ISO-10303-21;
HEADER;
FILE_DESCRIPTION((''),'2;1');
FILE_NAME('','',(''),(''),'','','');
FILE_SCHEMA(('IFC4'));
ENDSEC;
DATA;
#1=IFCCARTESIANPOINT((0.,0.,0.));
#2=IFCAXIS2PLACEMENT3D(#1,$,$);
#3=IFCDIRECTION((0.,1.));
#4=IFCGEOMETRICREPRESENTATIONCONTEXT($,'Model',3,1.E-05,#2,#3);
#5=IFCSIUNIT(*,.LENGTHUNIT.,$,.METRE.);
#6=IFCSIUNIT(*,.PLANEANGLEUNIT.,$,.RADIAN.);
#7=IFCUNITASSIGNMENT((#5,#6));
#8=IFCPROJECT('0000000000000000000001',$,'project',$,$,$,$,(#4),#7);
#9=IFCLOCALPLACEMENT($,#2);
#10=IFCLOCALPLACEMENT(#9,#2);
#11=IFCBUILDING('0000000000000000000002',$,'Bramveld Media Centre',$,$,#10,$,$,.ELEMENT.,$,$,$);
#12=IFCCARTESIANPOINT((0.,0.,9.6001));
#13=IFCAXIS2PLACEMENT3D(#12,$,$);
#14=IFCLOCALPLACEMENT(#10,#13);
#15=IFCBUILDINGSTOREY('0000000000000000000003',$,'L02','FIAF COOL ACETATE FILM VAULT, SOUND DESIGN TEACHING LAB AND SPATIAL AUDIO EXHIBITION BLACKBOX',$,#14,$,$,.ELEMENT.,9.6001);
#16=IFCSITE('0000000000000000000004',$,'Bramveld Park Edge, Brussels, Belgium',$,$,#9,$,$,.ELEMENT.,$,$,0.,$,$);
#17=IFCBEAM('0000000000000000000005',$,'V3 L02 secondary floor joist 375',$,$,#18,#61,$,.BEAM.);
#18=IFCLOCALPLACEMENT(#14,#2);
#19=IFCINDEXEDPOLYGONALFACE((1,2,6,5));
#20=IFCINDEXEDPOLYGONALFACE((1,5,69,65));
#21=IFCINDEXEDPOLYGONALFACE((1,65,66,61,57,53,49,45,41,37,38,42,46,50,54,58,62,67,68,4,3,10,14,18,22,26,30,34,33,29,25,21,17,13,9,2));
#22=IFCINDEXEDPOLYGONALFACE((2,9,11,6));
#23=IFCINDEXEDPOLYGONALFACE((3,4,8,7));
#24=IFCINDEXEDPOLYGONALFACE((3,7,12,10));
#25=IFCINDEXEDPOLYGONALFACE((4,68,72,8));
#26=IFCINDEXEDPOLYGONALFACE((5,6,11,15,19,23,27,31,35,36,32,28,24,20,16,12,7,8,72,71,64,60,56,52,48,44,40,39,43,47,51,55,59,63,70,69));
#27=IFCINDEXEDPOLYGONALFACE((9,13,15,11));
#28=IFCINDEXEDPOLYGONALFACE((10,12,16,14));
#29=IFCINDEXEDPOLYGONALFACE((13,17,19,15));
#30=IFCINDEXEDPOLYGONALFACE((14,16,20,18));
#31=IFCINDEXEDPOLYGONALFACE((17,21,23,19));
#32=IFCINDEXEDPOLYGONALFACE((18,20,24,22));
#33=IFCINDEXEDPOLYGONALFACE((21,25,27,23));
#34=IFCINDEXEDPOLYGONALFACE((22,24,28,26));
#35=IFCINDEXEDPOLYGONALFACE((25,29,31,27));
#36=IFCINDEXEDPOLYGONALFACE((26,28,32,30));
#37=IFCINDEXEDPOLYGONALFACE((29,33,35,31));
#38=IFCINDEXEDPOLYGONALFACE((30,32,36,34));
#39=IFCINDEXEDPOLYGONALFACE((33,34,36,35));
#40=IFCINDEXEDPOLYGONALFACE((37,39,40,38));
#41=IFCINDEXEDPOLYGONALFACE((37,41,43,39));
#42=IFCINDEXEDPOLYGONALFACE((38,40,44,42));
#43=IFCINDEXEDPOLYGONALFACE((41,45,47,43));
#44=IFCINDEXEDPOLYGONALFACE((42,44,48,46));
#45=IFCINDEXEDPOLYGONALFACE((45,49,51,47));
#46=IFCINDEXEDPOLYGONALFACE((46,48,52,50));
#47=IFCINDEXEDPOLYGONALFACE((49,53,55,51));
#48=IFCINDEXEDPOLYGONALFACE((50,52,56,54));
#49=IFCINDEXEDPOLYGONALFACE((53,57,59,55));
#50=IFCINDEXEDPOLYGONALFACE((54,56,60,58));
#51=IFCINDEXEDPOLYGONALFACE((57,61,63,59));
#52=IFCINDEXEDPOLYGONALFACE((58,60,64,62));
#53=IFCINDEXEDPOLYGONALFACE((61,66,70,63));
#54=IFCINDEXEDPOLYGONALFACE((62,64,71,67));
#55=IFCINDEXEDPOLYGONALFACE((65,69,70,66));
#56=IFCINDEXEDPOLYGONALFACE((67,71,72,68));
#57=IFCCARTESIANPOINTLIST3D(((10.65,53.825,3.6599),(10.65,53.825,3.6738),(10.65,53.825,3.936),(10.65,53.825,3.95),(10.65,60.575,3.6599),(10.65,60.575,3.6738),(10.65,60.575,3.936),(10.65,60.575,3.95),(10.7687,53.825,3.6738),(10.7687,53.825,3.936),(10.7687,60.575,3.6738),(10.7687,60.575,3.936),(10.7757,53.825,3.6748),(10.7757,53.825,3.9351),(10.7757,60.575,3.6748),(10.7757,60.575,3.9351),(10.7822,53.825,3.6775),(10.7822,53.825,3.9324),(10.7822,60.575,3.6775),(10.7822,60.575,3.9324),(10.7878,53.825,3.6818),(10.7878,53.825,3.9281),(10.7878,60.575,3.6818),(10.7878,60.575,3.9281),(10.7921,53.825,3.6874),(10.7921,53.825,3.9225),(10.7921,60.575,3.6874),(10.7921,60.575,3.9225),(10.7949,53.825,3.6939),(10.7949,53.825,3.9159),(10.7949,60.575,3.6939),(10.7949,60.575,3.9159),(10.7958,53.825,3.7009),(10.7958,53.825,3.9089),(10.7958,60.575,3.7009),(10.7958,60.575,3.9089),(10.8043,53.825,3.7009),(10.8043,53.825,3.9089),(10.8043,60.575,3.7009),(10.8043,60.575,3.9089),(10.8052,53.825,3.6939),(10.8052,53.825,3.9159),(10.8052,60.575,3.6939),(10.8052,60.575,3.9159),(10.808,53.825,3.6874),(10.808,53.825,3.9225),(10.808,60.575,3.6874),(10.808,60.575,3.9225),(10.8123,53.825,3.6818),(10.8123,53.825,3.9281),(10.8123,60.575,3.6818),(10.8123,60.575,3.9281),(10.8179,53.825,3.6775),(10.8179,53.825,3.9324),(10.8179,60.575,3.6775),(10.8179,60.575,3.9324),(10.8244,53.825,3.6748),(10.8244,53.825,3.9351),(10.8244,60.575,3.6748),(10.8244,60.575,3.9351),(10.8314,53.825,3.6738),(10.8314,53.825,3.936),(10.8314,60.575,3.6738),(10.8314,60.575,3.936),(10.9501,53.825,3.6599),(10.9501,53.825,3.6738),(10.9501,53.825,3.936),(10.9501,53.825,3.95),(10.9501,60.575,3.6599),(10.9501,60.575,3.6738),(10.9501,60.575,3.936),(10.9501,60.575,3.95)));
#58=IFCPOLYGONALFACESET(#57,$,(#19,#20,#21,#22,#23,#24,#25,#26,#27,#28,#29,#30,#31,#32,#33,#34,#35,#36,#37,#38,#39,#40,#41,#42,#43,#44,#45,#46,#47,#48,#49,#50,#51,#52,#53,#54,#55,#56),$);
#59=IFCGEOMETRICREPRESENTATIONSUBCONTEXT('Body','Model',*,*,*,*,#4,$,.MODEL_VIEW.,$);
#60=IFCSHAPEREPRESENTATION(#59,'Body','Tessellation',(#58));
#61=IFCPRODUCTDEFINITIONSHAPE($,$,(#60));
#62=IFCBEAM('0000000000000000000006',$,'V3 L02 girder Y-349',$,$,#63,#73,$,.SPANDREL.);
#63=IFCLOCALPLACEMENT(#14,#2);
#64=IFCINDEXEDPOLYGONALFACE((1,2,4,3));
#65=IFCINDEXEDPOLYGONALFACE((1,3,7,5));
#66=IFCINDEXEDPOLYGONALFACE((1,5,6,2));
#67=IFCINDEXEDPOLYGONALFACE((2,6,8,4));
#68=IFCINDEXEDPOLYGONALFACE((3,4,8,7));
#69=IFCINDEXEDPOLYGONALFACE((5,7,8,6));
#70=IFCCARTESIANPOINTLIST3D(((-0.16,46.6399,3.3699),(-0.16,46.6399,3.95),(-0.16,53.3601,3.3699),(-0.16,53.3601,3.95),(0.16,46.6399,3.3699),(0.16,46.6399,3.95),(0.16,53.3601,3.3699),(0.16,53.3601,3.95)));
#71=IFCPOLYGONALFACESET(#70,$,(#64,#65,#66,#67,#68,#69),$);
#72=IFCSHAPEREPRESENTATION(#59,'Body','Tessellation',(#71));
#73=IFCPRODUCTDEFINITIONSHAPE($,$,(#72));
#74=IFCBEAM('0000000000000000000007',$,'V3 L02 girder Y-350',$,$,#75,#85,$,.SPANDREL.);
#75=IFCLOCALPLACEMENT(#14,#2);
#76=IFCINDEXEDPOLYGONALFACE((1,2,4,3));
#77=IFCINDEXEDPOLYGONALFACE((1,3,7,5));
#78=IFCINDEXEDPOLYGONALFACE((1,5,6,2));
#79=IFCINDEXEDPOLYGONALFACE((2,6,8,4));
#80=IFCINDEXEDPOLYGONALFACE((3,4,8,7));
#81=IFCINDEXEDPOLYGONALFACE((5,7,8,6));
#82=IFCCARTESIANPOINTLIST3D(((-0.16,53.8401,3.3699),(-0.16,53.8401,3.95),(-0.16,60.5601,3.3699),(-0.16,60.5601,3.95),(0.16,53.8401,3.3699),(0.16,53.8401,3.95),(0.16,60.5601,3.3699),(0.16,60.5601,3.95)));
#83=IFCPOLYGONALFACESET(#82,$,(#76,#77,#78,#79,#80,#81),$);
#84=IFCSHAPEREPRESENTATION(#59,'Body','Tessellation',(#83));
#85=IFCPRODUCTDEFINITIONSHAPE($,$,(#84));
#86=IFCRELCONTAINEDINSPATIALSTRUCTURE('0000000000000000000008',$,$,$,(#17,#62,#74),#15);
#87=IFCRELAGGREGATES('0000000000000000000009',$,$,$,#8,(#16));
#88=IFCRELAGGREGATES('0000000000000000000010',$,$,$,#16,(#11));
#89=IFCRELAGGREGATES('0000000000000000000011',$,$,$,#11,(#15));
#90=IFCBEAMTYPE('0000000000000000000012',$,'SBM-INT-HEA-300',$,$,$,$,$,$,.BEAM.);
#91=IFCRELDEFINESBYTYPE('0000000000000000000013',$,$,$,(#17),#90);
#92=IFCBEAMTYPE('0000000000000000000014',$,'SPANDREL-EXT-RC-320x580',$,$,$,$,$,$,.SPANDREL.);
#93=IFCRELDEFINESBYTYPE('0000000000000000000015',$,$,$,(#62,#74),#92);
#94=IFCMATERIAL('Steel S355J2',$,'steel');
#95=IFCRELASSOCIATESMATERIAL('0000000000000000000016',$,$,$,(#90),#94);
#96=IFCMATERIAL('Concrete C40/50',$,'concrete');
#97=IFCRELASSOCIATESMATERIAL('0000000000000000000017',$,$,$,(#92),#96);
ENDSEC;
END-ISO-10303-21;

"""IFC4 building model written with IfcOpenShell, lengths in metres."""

from ifc_helpers import new_model, si_unit, direction, frame, origin, origin_2d, place, context, subcontext, project, spatial, rectangle, i_section, extrude, material, material_profile, profile_set, type_object, element, save


model = new_model("IFC4")

# Units and contexts
model_context = context("Model", 3, precision=1e-05, world=origin(), true_north=direction((0.0, 1.0)))
body_context = subcontext(model_context, "Body", "Model", "MODEL_VIEW")
ifc_project = project(units=[si_unit("LENGTHUNIT", "METRE"), si_unit("PLANEANGLEUNIT", "RADIAN")], contexts=[model_context])

# Site, building, storey
site_placement = place(None, origin())
site = spatial("IfcSite", under=ifc_project, at=site_placement, Name="Bramveld Park Edge, Brussels, Belgium", CompositionType="ELEMENT", RefElevation=0.0)
building_placement = place(site_placement, origin())
building = spatial("IfcBuilding", under=site, at=building_placement, Name="Bramveld Media Centre", CompositionType="ELEMENT")
storey_placement = place(building_placement, frame((0.0, 0.0, 9.6001)))
storey = spatial("IfcBuildingStorey", under=building, at=storey_placement, Name="L02", Description="FIAF COOL ACETATE FILM VAULT, SOUND DESIGN TEACHING LAB AND SPATIAL AUDIO EXHIBITION BLACKBOX", CompositionType="ELEMENT", Elevation=9.6001)

# Beams
ifc_material_1 = material(Name="Steel S355J2", Category="steel")
ifc_material_profile_1 = material_profile(ifc_material_1, i_section(OverallWidth=0.3, OverallDepth=0.29, WebThickness=0.0085, FlangeThickness=0.0139, FilletRadius=0.0271, at=origin_2d()), Name="HEA 300")
ifc_profile_set_1 = profile_set([ifc_material_profile_1], Name="Steel S355J2")
beam_type_1 = type_object("IfcBeamType", Name="SBM-INT-HEA-300", PredefinedType="BEAM", material=ifc_profile_set_1)
beam_1_placement = place(storey_placement, frame((10.8, 53.825, 3.8049), z_axis=(0.0, 1.0, 0.0), x_axis=(-1.0, 0.0, 0.0)))
element("IfcBeam", 1, at=beam_1_placement, inside=storey, type_object=beam_type_1, Name="V3 L02 secondary floor joist 375", PredefinedType="BEAM", context=body_context, shape_type="SweptSolid", body=[
    extrude(i_section(OverallWidth=0.3, OverallDepth=0.29, WebThickness=0.0085, FlangeThickness=0.0139, FilletRadius=0.0271, at=origin_2d()), origin(), (0.0, 0.0, 1.0), 6.75),
])
ifc_material_2 = material(Name="Concrete C40/50", Category="concrete")
ifc_material_profile_2 = material_profile(ifc_material_2, rectangle(XDim=0.3201, YDim=0.5801, at=origin_2d()), Name="RC 320x580")
ifc_profile_set_2 = profile_set([ifc_material_profile_2], Name="Concrete C40/50")
beam_type_2 = type_object("IfcBeamType", Name="SPANDREL-EXT-RC-320x580", PredefinedType="SPANDREL", material=ifc_profile_set_2)
beam_2_placement = place(storey_placement, frame((0.0, 46.6399, 3.6599), z_axis=(0.0, 1.0, 0.0), x_axis=(-1.0, 0.0, 0.0)))
element("IfcBeam", 2, at=beam_2_placement, inside=storey, type_object=beam_type_2, Name="V3 L02 girder Y-349", PredefinedType="SPANDREL", context=body_context, shape_type="SweptSolid", body=[
    extrude(rectangle(XDim=0.3201, YDim=0.5801, at=origin_2d()), origin(), (0.0, 0.0, 1.0), 6.7202),
])
beam_3_placement = place(storey_placement, frame((0.0, 53.8401, 3.6599), z_axis=(0.0, 1.0, 0.0), x_axis=(-1.0, 0.0, 0.0)))
element("IfcBeam", 3, at=beam_3_placement, inside=storey, type_object=beam_type_2, Name="V3 L02 girder Y-350", PredefinedType="SPANDREL", context=body_context, shape_type="SweptSolid", body=[
    extrude(rectangle(XDim=0.3201, YDim=0.5801, at=origin_2d()), origin(), (0.0, 0.0, 1.0), 6.72),
])

save(model, "model.ifc")
